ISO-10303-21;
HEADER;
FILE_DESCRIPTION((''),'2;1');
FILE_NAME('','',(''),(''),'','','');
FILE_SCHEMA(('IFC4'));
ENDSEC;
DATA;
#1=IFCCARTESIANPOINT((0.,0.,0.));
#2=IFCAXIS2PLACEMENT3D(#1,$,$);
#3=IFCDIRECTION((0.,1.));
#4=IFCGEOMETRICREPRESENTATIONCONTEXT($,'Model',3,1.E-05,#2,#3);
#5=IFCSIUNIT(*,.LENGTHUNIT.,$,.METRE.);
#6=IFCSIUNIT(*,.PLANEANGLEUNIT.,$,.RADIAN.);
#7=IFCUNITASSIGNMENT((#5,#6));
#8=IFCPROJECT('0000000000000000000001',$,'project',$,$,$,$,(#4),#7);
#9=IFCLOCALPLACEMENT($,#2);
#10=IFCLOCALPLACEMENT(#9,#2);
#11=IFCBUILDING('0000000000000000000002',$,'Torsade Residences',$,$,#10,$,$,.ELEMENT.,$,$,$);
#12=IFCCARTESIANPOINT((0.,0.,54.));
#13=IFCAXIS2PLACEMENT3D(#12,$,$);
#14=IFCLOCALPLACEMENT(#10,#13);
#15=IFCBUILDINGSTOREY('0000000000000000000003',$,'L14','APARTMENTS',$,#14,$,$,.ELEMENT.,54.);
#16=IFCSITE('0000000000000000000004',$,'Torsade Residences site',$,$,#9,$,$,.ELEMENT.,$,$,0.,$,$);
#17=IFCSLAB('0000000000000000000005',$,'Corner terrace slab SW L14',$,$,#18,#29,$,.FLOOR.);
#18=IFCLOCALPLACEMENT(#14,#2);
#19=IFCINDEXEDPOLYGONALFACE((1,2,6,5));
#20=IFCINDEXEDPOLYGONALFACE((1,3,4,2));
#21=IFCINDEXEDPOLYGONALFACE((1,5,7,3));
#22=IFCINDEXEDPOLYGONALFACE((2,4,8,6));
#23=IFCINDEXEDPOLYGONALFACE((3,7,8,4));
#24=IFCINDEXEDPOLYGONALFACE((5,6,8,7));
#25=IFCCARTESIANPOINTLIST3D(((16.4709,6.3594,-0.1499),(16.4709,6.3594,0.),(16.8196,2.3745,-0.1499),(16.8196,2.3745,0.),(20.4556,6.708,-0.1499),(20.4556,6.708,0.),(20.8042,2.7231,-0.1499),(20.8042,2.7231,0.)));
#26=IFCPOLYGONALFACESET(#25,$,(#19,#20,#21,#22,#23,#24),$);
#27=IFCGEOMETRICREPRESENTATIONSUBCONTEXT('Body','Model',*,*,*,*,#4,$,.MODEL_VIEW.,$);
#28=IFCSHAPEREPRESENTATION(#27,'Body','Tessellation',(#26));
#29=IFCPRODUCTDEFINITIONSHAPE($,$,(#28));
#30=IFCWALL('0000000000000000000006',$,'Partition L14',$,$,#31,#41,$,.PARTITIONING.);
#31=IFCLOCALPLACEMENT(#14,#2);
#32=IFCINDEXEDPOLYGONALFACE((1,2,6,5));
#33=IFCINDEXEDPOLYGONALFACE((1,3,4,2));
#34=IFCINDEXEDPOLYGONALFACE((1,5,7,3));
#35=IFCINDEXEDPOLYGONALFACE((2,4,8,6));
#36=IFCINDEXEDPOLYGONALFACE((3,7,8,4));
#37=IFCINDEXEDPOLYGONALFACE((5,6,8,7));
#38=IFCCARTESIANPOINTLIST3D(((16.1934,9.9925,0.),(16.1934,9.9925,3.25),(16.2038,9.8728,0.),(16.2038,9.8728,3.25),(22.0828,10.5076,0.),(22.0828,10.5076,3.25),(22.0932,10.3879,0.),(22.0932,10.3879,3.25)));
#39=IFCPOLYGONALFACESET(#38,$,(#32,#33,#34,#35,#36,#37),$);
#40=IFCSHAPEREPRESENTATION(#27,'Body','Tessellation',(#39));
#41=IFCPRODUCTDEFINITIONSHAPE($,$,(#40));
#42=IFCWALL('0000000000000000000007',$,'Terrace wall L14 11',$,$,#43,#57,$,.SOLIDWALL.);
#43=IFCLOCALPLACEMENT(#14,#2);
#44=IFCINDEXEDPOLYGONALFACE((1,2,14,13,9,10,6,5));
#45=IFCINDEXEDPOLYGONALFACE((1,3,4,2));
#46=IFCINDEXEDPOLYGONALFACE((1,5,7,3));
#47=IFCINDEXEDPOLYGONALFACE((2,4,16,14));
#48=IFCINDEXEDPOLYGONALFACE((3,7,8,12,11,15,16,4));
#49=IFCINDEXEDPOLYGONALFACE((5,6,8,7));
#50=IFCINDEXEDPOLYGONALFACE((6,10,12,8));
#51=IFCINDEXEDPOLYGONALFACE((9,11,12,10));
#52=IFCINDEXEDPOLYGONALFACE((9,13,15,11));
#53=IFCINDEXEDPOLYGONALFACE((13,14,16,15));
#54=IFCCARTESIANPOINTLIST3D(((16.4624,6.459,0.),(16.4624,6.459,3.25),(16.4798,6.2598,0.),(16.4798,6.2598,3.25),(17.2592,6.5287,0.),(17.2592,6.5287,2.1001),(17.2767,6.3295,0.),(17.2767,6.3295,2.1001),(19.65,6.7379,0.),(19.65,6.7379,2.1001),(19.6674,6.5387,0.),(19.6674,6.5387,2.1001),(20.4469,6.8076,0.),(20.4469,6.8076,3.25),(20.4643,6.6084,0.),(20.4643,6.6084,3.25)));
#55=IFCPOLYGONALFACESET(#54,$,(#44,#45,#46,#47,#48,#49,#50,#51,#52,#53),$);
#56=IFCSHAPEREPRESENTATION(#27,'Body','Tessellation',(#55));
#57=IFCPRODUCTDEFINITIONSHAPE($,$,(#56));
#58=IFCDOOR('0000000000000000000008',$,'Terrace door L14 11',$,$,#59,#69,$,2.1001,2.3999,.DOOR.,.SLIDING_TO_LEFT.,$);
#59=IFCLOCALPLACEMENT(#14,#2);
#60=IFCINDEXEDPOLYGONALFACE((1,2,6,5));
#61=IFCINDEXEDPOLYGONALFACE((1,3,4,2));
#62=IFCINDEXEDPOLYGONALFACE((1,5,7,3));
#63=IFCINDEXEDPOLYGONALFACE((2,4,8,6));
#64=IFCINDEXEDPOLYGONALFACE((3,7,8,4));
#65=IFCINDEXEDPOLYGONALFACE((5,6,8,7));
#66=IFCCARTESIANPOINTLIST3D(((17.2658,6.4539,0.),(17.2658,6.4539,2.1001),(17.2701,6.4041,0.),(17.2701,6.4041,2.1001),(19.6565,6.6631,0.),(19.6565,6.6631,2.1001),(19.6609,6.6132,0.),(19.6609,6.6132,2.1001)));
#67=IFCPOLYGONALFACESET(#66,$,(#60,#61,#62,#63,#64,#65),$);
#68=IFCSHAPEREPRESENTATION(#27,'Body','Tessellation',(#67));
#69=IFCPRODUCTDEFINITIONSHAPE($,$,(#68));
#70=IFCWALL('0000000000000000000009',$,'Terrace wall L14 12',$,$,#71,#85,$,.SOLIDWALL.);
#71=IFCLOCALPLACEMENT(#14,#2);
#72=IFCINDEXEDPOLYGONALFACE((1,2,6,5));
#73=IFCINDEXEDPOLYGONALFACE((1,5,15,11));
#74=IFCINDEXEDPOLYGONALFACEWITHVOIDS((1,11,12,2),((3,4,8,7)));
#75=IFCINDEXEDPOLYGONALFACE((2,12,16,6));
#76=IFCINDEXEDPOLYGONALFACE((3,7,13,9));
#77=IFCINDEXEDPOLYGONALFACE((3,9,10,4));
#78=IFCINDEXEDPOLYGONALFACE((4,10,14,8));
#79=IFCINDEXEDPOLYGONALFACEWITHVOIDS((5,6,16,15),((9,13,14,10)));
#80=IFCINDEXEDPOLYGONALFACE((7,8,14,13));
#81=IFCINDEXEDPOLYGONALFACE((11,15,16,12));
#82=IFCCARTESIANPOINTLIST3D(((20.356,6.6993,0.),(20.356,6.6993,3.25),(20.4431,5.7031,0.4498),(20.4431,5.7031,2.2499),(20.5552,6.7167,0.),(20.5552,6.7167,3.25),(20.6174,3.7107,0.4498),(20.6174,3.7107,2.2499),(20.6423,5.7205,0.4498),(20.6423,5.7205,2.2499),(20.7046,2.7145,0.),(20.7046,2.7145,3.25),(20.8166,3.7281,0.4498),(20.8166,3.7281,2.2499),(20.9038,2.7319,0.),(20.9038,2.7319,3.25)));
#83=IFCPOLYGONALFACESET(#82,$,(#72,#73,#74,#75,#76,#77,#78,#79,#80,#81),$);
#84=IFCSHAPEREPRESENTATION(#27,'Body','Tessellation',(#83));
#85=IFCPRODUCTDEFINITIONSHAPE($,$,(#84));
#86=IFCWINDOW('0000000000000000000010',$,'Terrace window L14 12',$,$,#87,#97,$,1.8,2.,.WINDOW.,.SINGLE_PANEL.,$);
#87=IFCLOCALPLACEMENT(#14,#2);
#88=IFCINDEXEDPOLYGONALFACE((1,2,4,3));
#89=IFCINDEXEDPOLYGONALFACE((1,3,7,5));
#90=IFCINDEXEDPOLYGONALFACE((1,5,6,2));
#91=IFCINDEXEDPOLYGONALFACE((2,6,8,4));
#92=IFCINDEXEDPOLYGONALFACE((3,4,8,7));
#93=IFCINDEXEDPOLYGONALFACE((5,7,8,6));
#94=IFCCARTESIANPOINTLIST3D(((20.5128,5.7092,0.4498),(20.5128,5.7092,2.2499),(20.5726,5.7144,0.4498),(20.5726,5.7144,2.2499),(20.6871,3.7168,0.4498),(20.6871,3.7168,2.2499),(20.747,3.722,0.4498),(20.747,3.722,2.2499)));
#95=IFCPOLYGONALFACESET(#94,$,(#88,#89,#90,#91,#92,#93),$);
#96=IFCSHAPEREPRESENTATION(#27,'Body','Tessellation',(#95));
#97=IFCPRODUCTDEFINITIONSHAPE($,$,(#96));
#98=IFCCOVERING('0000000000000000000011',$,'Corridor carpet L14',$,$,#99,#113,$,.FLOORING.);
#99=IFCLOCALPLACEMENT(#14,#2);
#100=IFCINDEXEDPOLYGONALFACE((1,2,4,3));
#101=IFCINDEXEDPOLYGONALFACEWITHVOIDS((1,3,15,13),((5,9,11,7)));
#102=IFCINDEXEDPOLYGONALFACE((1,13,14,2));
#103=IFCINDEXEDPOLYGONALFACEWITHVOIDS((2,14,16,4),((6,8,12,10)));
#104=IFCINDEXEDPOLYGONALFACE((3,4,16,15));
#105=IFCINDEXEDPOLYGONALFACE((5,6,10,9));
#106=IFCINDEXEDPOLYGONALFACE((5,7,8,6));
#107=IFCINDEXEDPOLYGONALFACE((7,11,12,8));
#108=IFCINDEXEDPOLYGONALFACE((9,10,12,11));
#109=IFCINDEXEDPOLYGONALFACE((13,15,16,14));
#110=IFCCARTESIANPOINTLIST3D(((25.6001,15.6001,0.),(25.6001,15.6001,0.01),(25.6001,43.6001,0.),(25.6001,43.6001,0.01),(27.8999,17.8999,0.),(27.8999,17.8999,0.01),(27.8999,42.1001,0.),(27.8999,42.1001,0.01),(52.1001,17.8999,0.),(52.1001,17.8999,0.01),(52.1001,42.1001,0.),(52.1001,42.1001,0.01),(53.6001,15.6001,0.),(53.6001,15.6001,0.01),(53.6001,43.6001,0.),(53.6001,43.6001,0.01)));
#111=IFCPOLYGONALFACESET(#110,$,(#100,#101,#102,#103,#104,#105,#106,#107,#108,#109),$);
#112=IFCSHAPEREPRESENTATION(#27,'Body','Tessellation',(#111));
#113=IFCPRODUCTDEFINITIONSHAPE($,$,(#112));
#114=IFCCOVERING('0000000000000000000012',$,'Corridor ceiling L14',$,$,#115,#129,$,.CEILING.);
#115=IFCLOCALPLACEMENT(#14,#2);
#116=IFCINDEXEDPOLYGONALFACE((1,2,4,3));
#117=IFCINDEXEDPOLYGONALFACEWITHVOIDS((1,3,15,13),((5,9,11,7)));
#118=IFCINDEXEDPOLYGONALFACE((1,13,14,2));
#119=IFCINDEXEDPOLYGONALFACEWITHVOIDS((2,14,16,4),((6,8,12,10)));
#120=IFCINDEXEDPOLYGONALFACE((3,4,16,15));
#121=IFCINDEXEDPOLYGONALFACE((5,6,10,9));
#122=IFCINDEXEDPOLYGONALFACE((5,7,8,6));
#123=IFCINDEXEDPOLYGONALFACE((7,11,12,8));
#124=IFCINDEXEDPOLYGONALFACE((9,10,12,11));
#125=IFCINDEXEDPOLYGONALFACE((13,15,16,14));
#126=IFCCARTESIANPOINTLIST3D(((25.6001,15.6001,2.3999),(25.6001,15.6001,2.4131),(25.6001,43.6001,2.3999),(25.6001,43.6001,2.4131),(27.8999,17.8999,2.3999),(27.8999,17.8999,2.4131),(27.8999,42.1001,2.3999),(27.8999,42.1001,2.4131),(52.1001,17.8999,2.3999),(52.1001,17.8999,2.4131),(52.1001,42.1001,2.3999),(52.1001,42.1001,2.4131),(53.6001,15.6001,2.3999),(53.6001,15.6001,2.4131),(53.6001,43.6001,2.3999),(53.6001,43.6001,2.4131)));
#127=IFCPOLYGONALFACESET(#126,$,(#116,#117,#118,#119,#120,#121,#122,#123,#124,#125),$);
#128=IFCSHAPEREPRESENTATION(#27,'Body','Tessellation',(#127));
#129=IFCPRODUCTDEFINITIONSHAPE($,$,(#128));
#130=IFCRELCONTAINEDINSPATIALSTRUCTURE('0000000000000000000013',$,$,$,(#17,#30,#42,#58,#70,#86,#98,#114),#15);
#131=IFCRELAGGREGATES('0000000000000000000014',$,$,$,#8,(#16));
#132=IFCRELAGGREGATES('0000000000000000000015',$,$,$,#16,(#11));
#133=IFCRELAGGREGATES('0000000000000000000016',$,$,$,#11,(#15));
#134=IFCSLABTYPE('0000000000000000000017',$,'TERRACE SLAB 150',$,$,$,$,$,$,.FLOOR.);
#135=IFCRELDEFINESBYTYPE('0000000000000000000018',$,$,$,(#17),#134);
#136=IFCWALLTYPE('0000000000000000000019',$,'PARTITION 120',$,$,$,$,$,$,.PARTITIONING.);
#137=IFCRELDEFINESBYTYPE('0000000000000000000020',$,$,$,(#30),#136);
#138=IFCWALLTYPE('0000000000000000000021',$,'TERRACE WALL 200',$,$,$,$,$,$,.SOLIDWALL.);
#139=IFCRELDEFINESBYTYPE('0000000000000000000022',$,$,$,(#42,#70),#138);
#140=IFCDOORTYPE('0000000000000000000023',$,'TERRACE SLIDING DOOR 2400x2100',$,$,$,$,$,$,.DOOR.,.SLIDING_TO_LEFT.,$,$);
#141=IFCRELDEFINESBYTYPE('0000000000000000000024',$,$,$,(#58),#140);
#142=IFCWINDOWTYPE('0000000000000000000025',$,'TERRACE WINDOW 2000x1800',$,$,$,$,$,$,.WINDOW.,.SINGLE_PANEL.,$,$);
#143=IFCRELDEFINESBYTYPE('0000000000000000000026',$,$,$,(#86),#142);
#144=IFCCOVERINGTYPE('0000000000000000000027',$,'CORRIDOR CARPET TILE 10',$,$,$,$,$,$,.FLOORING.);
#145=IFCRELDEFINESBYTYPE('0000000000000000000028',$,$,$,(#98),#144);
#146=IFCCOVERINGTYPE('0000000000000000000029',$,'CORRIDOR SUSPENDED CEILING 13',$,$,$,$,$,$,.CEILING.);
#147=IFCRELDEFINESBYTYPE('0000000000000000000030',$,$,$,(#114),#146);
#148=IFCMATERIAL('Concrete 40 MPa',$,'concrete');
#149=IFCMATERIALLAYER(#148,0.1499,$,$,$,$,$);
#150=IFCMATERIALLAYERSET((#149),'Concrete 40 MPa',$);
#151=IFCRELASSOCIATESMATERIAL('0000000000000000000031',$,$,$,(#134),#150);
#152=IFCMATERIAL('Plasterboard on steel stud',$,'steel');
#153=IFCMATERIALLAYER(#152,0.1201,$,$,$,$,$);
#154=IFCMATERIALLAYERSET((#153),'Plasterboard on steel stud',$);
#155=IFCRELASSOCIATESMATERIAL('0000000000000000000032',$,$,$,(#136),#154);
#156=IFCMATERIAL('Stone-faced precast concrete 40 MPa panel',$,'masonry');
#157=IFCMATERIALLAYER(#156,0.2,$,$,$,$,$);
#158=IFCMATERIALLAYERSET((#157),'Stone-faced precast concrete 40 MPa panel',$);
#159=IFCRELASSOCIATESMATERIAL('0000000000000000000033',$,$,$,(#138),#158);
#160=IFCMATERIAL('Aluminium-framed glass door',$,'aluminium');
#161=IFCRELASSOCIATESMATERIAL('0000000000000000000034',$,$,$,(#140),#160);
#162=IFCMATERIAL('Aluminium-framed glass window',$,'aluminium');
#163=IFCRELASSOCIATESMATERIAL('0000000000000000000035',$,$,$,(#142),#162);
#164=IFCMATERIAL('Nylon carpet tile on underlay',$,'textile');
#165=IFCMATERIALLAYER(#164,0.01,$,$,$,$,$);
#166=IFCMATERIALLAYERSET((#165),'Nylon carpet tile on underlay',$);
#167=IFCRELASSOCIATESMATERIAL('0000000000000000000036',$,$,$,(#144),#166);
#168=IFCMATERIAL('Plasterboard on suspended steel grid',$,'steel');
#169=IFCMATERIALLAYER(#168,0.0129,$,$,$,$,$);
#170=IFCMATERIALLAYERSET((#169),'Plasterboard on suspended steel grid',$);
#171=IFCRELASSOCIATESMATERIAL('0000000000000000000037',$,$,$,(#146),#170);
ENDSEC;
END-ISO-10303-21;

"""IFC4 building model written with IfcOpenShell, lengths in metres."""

from ifc_helpers import new_model, si_unit, direction, frame, frame_2d, origin, place, context, subcontext, project, spatial, polyline, rectangle, outline, extrude, material, layer, layer_set, type_object, element, fill, save


model = new_model("IFC4")

# Units and contexts
model_context = context("Model", 3, precision=1e-05, world=origin(), true_north=direction((0.0, 1.0)))
body_context = subcontext(model_context, "Body", "Model", "MODEL_VIEW")
ifc_project = project(units=[si_unit("LENGTHUNIT", "METRE"), si_unit("PLANEANGLEUNIT", "RADIAN")], contexts=[model_context])

# Site, building, storey
site_placement = place(None, origin())
site = spatial("IfcSite", under=ifc_project, at=site_placement, Name="Torsade Residences site", CompositionType="ELEMENT", RefElevation=0.0)
building_placement = place(site_placement, origin())
building = spatial("IfcBuilding", under=site, at=building_placement, Name="Torsade Residences", CompositionType="ELEMENT")
storey_placement = place(building_placement, frame((0.0, 0.0, 54.0)))
storey = spatial("IfcBuildingStorey", under=building, at=storey_placement, Name="L14", Description="APARTMENTS", CompositionType="ELEMENT", Elevation=54.0)

# Slab
ifc_material_1 = material(Name="Concrete 40 MPa", Category="concrete")
ifc_layer_1 = layer(ifc_material_1, 0.1499)
ifc_layer_set_1 = layer_set([ifc_layer_1], Name="Concrete 40 MPa")
slab_type_1 = type_object("IfcSlabType", Name="TERRACE SLAB 150", PredefinedType="FLOOR", material=ifc_layer_set_1)
slab_1_placement = place(storey_placement, frame((0.0, 0.0, -0.1499)))
element("IfcSlab", 1, at=slab_1_placement, inside=storey, type_object=slab_type_1, Name="Corner terrace slab SW L14", PredefinedType="FLOOR", context=body_context, shape_type="SweptSolid", body=[
    extrude(outline(polyline([(16.8196, 2.3745), (20.8042, 2.7231), (20.4556, 6.708), (16.4709, 6.3594), (16.8196, 2.3745)])), origin(), (0.0, 0.0, 1.0), 0.1499),
])

# Wall
ifc_material_2 = material(Name="Plasterboard on steel stud", Category="steel")
ifc_layer_2 = layer(ifc_material_2, 0.1201)
ifc_layer_set_2 = layer_set([ifc_layer_2], Name="Plasterboard on steel stud")
wall_type_1 = type_object("IfcWallType", Name="PARTITION 120", PredefinedType="PARTITIONING", material=ifc_layer_set_2)
wall_1_placement = place(storey_placement, frame((16.1985, 9.9326, 0.0), z_axis=(0.0, 0.0, 1.0), x_axis=(0.996196, 0.087136, 0.0)))
element("IfcWall", 2, at=wall_1_placement, inside=storey, type_object=wall_type_1, Name="Partition L14", PredefinedType="PARTITIONING", context=body_context, shape_type="SweptSolid", body=[
    extrude(rectangle(XDim=5.9119, YDim=0.1201, at=frame_2d((2.9561, 0.0))), origin(), (0.0, 0.0, 1.0), 3.25),
])

# Wall, opening, door
ifc_material_3 = material(Name="Stone-faced precast concrete 40 MPa panel", Category="masonry")
ifc_layer_3 = layer(ifc_material_3, 0.2)
ifc_layer_set_3 = layer_set([ifc_layer_3], Name="Stone-faced precast concrete 40 MPa panel")
wall_type_2 = type_object("IfcWallType", Name="TERRACE WALL 200", PredefinedType="SOLIDWALL", material=ifc_layer_set_3)
wall_2_placement = place(storey_placement, frame((16.4709, 6.3594, 0.0), z_axis=(0.0, 0.0, 1.0), x_axis=(0.996194, 0.087162, 0.0)))
wall_2 = element("IfcWall", 3, at=wall_2_placement, inside=storey, type_object=wall_type_2, Name="Terrace wall L14 11", PredefinedType="SOLIDWALL", context=body_context, shape_type="SweptSolid", body=[
    extrude(rectangle(XDim=3.9998, YDim=0.2, at=frame_2d((2.0, 0.0))), origin(), (0.0, 0.0, 1.0), 3.25),
])
opening_1_placement = place(wall_2_placement, frame((0.8, 0.0, 0.0)))
opening_1 = element("IfcOpeningElement", 4, at=opening_1_placement, cuts=wall_2, PredefinedType="OPENING", context=body_context, shape_type="SweptSolid", body=[
    extrude(rectangle(XDim=2.3999, YDim=2.1001, at=frame_2d((1.2, 1.05))), frame((0.0, 0.1099, 0.0), z_axis=(0.0, -1.0, 0.0), x_axis=(1.0, 0.0, 0.0)), (0.0, 0.0, 1.0), 0.22),
])
ifc_material_4 = material(Name="Aluminium-framed glass door", Category="aluminium")
door_type = type_object("IfcDoorType", Name="TERRACE SLIDING DOOR 2400x2100", OperationType="SLIDING_TO_LEFT", PredefinedType="DOOR", material=ifc_material_4)
door_placement = place(opening_1_placement, origin())
door = element("IfcDoor", 5, at=door_placement, inside=storey, type_object=door_type, Name="Terrace door L14 11", OperationType="SLIDING_TO_LEFT", OverallHeight=2.1001, OverallWidth=2.3999, PredefinedType="DOOR", context=body_context, shape_type="SweptSolid", body=[
    extrude(rectangle(XDim=2.3999, YDim=2.1001, at=frame_2d((1.2, 1.05))), frame((0.0, 0.0249, 0.0), z_axis=(0.0, -1.0, 0.0), x_axis=(1.0, 0.0, 0.0)), (0.0, 0.0, 1.0), 0.05),
])
fill(opening_1, door)

# Wall, opening, window
wall_3_placement = place(storey_placement, frame((20.4556, 6.708, 0.0), z_axis=(0.0, 0.0, 1.0), x_axis=(0.087156, -0.996195, 0.0)))
wall_3 = element("IfcWall", 6, at=wall_3_placement, inside=storey, type_object=wall_type_2, Name="Terrace wall L14 12", PredefinedType="SOLIDWALL", context=body_context, shape_type="SweptSolid", body=[
    extrude(rectangle(XDim=4.0, YDim=0.2, at=frame_2d((2.0, 0.0))), origin(), (0.0, 0.0, 1.0), 3.25),
])
opening_2_placement = place(wall_3_placement, frame((1.0, 0.0, 0.45)))
opening_2 = element("IfcOpeningElement", 7, at=opening_2_placement, cuts=wall_3, PredefinedType="OPENING", context=body_context, shape_type="SweptSolid", body=[
    extrude(rectangle(XDim=2.0, YDim=1.8, at=frame_2d((1.0, 0.8999))), frame((0.0, 0.1099, 0.0), z_axis=(0.0, -1.0, 0.0), x_axis=(1.0, 0.0, 0.0)), (0.0, 0.0, 1.0), 0.22),
])
ifc_material_5 = material(Name="Aluminium-framed glass window", Category="aluminium")
window_type = type_object("IfcWindowType", Name="TERRACE WINDOW 2000x1800", PartitioningType="SINGLE_PANEL", PredefinedType="WINDOW", material=ifc_material_5)
window_placement = place(opening_2_placement, origin())
window = element("IfcWindow", 8, at=window_placement, inside=storey, type_object=window_type, Name="Terrace window L14 12", OverallHeight=1.8, OverallWidth=2.0, PartitioningType="SINGLE_PANEL", PredefinedType="WINDOW", context=body_context, shape_type="SweptSolid", body=[
    extrude(rectangle(XDim=2.0, YDim=1.8, at=frame_2d((1.0, 0.8999))), frame((0.0, 0.03, 0.0), z_axis=(0.0, -1.0, 0.0), x_axis=(1.0, 0.0, 0.0)), (0.0, 0.0, 1.0), 0.0601),
])
fill(opening_2, window)

# Coverings
ifc_material_6 = material(Name="Nylon carpet tile on underlay", Category="textile")
ifc_layer_4 = layer(ifc_material_6, 0.01)
ifc_layer_set_4 = layer_set([ifc_layer_4], Name="Nylon carpet tile on underlay")
covering_type_1 = type_object("IfcCoveringType", Name="CORRIDOR CARPET TILE 10", PredefinedType="FLOORING", material=ifc_layer_set_4)
covering_1_placement = place(storey_placement, origin())
element("IfcCovering", 9, at=covering_1_placement, inside=storey, type_object=covering_type_1, Name="Corridor carpet L14", PredefinedType="FLOORING", context=body_context, shape_type="SweptSolid", body=[
    extrude(outline(polyline([(53.6001, 15.6001), (53.6001, 43.6001), (25.6001, 43.6001), (25.6001, 15.6001), (53.6001, 15.6001)]), holes=[polyline([(52.1001, 42.1001), (27.8999, 42.1001), (27.8999, 17.8999), (52.1001, 17.8999), (52.1001, 42.1001)])]), origin(), (0.0, 0.0, 1.0), 0.01),
])
ifc_material_7 = material(Name="Plasterboard on suspended steel grid", Category="steel")
ifc_layer_5 = layer(ifc_material_7, 0.0129)
ifc_layer_set_5 = layer_set([ifc_layer_5], Name="Plasterboard on suspended steel grid")
covering_type_2 = type_object("IfcCoveringType", Name="CORRIDOR SUSPENDED CEILING 13", PredefinedType="CEILING", material=ifc_layer_set_5)
covering_2_placement = place(storey_placement, frame((0.0, 0.0, 2.3999)))
element("IfcCovering", 10, at=covering_2_placement, inside=storey, type_object=covering_type_2, Name="Corridor ceiling L14", PredefinedType="CEILING", context=body_context, shape_type="SweptSolid", body=[
    extrude(outline(polyline([(53.6001, 15.6001), (53.6001, 43.6001), (25.6001, 43.6001), (25.6001, 15.6001), (53.6001, 15.6001)]), holes=[polyline([(52.1001, 42.1001), (27.8999, 42.1001), (27.8999, 17.8999), (52.1001, 17.8999), (52.1001, 42.1001)])]), origin(), (0.0, 0.0, 1.0), 0.0132),
])

save(model, "model.ifc")
